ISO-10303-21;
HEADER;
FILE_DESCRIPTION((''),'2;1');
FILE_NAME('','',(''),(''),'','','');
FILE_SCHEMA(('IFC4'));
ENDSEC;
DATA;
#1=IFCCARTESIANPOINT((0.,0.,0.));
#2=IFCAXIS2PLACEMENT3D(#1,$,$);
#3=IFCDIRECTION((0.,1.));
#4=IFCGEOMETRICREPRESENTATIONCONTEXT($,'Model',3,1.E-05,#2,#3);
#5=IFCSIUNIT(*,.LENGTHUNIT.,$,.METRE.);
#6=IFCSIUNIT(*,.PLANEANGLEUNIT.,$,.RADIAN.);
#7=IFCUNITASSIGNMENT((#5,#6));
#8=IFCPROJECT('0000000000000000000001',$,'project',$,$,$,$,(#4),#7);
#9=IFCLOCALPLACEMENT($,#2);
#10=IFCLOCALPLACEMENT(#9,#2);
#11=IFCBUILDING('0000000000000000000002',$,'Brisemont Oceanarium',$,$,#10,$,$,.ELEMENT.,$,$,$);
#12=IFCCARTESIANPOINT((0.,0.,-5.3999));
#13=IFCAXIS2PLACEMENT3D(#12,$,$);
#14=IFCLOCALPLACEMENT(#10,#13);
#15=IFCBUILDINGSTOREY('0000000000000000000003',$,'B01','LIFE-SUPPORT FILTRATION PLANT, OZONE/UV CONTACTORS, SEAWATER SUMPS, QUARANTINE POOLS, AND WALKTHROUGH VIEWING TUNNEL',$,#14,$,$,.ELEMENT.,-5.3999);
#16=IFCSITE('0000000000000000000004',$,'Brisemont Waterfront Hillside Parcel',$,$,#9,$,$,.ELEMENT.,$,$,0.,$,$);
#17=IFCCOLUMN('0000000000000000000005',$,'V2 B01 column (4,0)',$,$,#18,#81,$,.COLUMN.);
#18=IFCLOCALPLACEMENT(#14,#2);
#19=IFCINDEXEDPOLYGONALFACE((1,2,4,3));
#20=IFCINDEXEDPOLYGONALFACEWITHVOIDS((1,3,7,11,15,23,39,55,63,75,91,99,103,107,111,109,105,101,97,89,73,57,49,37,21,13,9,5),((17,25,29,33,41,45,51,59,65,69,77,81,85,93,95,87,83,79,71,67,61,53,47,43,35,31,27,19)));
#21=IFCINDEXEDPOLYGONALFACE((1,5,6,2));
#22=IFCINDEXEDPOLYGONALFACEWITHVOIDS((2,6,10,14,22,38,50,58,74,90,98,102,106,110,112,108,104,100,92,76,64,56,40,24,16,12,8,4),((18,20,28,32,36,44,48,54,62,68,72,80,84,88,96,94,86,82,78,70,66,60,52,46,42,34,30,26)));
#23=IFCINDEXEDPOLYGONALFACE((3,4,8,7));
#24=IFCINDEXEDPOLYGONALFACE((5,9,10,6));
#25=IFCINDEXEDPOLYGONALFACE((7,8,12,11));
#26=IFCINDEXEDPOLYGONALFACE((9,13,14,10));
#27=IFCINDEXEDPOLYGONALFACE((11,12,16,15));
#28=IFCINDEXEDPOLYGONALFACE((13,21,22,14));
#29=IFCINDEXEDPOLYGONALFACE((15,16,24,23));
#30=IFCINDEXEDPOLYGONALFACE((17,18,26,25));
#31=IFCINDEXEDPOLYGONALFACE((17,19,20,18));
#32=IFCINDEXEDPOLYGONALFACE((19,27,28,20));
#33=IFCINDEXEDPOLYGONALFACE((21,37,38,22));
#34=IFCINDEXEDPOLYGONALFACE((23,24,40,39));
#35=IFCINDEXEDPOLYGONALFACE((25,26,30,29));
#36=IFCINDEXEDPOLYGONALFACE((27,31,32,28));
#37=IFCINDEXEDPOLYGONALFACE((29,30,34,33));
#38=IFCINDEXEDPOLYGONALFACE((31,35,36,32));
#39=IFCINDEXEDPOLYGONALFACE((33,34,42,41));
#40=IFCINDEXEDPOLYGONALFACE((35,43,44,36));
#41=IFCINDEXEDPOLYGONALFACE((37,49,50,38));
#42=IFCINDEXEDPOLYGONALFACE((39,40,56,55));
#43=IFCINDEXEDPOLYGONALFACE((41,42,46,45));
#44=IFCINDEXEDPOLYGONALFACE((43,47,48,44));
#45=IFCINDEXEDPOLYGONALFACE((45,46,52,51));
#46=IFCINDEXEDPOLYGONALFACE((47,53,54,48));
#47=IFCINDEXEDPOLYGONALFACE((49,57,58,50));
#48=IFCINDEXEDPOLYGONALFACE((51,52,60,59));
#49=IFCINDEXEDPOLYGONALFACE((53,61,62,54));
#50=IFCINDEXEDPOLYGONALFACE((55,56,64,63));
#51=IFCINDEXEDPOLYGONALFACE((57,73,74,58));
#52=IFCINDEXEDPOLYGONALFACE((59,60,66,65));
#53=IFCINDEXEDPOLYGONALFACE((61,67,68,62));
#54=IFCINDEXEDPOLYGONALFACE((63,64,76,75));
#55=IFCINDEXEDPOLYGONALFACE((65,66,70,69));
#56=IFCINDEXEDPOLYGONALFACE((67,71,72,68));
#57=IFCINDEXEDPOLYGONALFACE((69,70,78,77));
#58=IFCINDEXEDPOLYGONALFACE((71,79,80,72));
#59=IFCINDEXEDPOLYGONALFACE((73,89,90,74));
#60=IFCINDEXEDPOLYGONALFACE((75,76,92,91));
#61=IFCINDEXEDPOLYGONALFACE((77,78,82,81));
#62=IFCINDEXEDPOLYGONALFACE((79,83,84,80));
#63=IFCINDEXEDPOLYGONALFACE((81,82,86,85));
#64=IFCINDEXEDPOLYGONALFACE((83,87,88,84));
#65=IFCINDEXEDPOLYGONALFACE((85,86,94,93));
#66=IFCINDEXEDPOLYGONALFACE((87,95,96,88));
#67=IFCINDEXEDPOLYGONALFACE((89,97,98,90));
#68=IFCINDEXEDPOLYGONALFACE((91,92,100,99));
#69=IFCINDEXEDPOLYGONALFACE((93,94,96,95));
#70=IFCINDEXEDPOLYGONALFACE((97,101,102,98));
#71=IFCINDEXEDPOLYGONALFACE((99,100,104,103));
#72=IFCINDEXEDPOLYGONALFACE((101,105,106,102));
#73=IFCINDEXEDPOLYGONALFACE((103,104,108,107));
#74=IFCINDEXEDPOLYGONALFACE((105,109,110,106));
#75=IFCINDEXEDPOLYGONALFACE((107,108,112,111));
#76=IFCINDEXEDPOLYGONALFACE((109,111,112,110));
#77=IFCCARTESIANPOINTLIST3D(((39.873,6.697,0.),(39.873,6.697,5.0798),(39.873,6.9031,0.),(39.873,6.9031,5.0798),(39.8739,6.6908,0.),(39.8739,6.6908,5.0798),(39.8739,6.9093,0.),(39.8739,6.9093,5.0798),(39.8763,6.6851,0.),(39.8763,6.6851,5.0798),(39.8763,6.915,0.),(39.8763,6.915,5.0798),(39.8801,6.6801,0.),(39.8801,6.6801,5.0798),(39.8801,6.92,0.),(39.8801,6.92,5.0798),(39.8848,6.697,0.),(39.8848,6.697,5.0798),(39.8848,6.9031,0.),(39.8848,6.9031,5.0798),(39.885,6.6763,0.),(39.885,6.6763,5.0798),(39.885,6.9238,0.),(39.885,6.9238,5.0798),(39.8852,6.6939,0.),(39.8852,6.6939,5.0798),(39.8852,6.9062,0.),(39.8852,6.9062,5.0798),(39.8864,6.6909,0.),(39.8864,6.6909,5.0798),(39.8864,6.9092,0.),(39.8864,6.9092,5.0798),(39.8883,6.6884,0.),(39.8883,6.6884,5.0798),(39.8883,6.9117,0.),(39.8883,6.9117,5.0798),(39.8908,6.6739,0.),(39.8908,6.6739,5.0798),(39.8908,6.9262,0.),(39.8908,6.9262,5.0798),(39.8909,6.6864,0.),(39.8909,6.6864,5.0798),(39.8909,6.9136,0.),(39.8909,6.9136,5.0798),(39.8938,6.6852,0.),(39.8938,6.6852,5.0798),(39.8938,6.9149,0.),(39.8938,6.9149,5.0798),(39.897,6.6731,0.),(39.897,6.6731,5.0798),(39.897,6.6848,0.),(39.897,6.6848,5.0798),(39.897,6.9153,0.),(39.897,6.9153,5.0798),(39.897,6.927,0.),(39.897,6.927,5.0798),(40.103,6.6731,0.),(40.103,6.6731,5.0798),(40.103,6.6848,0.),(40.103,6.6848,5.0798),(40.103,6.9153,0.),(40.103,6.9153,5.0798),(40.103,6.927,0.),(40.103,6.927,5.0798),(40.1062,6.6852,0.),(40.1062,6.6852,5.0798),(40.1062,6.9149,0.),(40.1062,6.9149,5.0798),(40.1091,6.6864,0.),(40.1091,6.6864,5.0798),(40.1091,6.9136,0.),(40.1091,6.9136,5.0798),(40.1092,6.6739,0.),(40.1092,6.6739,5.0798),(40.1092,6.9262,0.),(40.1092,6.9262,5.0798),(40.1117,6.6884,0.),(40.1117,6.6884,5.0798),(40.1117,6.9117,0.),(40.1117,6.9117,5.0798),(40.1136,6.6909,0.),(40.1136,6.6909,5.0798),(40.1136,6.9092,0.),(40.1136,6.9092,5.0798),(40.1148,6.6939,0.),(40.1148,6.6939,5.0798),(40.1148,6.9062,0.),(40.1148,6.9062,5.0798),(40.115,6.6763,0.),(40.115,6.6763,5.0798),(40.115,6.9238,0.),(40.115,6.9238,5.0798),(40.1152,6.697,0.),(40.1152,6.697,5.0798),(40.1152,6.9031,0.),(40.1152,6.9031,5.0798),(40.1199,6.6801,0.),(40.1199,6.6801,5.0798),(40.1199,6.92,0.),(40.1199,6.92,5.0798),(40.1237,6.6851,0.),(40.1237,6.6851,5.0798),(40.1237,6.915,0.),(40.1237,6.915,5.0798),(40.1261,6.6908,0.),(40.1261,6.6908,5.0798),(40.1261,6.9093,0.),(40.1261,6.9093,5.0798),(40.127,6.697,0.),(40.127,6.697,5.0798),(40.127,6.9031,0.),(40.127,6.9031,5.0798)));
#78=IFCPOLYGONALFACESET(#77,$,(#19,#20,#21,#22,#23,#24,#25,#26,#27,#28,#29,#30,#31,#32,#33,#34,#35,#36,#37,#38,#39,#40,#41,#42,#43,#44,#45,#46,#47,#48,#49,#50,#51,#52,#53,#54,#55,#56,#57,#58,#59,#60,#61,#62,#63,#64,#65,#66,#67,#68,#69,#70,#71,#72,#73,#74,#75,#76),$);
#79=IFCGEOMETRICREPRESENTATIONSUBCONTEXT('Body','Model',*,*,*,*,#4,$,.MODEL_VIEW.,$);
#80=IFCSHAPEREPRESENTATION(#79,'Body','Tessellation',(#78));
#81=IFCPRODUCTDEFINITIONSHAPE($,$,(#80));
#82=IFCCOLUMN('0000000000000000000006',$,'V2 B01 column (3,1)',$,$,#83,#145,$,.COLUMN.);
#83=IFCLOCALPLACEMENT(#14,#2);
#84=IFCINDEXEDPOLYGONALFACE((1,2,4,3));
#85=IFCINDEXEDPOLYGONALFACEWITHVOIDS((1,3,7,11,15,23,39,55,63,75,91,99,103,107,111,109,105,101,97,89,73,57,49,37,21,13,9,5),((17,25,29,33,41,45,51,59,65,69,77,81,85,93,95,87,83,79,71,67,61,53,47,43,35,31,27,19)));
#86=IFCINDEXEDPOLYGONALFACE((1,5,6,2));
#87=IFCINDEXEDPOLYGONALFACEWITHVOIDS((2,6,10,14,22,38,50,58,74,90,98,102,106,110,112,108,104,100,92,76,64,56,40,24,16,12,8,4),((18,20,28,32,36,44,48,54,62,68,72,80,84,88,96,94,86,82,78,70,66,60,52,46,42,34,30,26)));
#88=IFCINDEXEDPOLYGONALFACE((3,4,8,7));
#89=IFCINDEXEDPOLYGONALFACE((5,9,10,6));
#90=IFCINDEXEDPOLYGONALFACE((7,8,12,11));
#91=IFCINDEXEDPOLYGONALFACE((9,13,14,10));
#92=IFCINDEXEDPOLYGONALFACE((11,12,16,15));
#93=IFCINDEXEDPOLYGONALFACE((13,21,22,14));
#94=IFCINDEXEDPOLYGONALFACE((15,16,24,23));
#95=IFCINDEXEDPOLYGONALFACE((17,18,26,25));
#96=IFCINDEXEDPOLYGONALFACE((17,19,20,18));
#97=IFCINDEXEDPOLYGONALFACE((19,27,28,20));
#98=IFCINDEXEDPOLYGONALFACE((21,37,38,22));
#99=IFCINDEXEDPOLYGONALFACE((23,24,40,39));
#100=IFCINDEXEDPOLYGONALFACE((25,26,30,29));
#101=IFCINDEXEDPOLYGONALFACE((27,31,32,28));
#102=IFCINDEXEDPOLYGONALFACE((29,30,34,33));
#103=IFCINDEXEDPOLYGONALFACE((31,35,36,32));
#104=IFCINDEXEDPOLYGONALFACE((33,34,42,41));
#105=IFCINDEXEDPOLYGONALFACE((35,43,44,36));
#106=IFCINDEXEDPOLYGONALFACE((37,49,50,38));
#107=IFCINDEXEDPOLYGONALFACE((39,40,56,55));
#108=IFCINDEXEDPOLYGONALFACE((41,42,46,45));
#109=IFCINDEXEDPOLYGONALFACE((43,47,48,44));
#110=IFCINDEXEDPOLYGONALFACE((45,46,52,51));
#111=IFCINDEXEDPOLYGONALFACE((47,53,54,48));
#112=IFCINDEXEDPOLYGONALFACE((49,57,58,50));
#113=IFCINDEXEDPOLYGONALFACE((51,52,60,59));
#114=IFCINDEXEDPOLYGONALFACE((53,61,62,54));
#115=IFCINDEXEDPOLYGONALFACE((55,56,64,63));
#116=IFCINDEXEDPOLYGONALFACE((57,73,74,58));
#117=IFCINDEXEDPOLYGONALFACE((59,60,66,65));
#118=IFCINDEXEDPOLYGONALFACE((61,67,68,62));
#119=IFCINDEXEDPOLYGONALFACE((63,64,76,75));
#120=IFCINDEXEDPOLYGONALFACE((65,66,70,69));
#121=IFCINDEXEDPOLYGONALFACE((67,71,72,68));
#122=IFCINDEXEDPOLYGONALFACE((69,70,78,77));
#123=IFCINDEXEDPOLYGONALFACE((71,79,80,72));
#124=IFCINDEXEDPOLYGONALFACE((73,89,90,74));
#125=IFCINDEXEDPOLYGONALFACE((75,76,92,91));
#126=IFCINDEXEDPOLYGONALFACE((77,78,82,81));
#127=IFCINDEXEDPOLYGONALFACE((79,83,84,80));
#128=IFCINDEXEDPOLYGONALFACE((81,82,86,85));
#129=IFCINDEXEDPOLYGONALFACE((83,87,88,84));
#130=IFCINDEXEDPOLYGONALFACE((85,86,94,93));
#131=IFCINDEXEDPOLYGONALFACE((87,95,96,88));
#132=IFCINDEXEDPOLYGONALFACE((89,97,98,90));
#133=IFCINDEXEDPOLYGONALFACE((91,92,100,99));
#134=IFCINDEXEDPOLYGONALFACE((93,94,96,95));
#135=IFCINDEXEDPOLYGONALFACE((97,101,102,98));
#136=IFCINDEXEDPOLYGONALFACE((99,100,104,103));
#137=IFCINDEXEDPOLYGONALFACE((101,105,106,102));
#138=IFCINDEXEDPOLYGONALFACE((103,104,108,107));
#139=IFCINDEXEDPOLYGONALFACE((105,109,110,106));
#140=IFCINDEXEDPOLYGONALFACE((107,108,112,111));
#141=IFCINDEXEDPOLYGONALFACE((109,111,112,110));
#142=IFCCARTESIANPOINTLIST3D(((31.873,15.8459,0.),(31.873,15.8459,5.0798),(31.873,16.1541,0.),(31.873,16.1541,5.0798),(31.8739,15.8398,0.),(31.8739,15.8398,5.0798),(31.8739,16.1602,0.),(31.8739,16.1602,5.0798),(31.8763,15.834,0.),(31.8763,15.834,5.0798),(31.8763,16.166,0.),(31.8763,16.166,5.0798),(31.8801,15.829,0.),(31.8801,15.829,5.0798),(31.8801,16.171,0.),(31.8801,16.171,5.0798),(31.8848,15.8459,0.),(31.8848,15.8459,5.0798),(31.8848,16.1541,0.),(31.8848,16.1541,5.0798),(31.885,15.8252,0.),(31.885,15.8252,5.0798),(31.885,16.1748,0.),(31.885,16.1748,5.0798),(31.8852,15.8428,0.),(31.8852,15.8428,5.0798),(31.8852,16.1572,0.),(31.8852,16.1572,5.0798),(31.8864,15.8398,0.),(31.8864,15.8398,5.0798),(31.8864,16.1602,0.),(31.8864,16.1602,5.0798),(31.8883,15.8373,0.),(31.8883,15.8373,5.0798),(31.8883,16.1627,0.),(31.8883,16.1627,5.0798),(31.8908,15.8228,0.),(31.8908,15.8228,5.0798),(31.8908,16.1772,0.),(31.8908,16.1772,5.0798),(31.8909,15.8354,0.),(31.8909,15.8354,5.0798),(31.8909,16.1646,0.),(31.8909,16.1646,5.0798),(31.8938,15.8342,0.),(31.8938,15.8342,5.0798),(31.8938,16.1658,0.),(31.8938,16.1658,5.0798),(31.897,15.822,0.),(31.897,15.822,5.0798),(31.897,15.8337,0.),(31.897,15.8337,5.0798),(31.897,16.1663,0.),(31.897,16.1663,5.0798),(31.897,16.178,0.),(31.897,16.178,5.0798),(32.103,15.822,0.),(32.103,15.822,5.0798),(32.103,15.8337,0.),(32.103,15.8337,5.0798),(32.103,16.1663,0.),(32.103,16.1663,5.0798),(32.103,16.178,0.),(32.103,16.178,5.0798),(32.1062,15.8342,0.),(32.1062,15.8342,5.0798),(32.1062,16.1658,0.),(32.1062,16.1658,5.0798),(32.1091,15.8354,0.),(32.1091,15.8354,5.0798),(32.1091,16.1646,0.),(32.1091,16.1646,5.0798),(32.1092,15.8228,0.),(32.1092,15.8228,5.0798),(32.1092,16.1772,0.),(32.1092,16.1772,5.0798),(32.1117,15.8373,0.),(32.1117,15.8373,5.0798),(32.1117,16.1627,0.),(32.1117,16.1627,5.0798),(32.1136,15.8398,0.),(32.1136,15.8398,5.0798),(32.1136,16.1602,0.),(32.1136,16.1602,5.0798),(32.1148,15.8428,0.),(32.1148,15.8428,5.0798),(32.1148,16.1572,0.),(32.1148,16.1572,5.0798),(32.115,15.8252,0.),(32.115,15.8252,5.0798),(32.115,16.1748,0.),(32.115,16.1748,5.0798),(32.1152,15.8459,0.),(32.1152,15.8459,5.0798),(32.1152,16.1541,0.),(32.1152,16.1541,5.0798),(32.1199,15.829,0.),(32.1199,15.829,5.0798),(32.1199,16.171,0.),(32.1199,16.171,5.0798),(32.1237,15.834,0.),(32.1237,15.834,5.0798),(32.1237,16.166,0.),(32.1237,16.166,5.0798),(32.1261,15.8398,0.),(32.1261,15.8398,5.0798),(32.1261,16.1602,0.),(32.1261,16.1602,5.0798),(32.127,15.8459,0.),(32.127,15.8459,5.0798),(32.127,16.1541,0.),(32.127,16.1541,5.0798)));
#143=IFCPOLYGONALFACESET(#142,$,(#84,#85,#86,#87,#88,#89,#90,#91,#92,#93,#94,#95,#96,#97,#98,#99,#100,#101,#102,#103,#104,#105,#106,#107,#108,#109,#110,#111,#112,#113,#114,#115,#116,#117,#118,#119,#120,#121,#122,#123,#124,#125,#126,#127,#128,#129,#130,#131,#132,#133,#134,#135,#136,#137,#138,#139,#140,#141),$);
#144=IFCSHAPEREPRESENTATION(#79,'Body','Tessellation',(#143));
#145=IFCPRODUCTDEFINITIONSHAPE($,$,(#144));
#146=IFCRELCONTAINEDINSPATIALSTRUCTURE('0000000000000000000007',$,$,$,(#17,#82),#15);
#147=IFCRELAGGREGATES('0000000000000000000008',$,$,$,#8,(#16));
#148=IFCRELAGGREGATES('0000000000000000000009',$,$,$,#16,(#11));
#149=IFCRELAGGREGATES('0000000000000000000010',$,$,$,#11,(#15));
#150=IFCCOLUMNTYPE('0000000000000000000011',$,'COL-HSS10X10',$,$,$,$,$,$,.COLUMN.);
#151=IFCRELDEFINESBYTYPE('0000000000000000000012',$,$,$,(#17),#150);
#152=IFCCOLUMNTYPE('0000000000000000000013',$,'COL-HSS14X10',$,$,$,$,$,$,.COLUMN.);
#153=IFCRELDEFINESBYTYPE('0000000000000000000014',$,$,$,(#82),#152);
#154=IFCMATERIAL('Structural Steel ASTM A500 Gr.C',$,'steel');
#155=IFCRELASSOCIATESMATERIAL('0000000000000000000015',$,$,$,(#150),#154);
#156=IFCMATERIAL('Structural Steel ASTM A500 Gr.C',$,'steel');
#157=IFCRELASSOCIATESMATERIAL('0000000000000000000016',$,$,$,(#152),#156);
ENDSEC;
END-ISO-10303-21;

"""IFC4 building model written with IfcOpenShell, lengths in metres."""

from ifc_helpers import new_model, si_unit, direction, frame, origin, origin_2d, place, context, subcontext, project, spatial, hollow_rectangle, extrude, material, material_profile, profile_set, type_object, element, save


model = new_model("IFC4")

# Units and contexts
model_context = context("Model", 3, precision=1e-05, world=origin(), true_north=direction((0.0, 1.0)))
body_context = subcontext(model_context, "Body", "Model", "MODEL_VIEW")
ifc_project = project(units=[si_unit("LENGTHUNIT", "METRE"), si_unit("PLANEANGLEUNIT", "RADIAN")], contexts=[model_context])

# Site, building, storey
site_placement = place(None, origin())
site = spatial("IfcSite", under=ifc_project, at=site_placement, Name="Brisemont Waterfront Hillside Parcel", CompositionType="ELEMENT", RefElevation=0.0)
building_placement = place(site_placement, origin())
building = spatial("IfcBuilding", under=site, at=building_placement, Name="Brisemont Oceanarium", CompositionType="ELEMENT")
storey_placement = place(building_placement, frame((0.0, 0.0, -5.3999)))
storey = spatial("IfcBuildingStorey", under=building, at=storey_placement, Name="B01", Description="LIFE-SUPPORT FILTRATION PLANT, OZONE/UV CONTACTORS, SEAWATER SUMPS, QUARANTINE POOLS, AND WALKTHROUGH VIEWING TUNNEL", CompositionType="ELEMENT", Elevation=-5.3999)

# Columns
ifc_material_1 = material(Name="Structural Steel ASTM A500 Gr.C", Category="steel")
ifc_material_profile_1 = material_profile(ifc_material_1, hollow_rectangle(XDim=0.2539, YDim=0.2539, WallThickness=0.0117, InnerFilletRadius=0.0122, OuterFilletRadius=0.0239, at=origin_2d()), Name="HSS10X10X1/2")
ifc_profile_set_1 = profile_set([ifc_material_profile_1], Name="Structural Steel ASTM A500 Gr.C")
column_type_1 = type_object("IfcColumnType", Name="COL-HSS10X10", PredefinedType="COLUMN", material=ifc_profile_set_1)
column_1_placement = place(storey_placement, frame((40.0, 6.8, 0.0), z_axis=(0.0, 0.0, 1.0), x_axis=(1.0, 0.0, 0.0)))
element("IfcColumn", 1, at=column_1_placement, inside=storey, type_object=column_type_1, Name="V2 B01 column (4,0)", PredefinedType="COLUMN", context=body_context, shape_type="SweptSolid", body=[
    extrude(hollow_rectangle(XDim=0.2539, YDim=0.2539, WallThickness=0.0117, InnerFilletRadius=0.0122, OuterFilletRadius=0.0239, at=origin_2d()), origin(), (0.0, 0.0, 1.0), 5.0798),
])
ifc_material_2 = material(Name="Structural Steel ASTM A500 Gr.C", Category="steel")
ifc_material_profile_2 = material_profile(ifc_material_2, hollow_rectangle(XDim=0.2539, YDim=0.356, WallThickness=0.0117, InnerFilletRadius=0.0122, OuterFilletRadius=0.0239, at=origin_2d()), Name="HSS14X10X1/2")
ifc_profile_set_2 = profile_set([ifc_material_profile_2], Name="Structural Steel ASTM A500 Gr.C")
column_type_2 = type_object("IfcColumnType", Name="COL-HSS14X10", PredefinedType="COLUMN", material=ifc_profile_set_2)
column_2_placement = place(storey_placement, frame((32.0, 16.0, 0.0), z_axis=(0.0, 0.0, 1.0), x_axis=(1.0, 0.0, 0.0)))
element("IfcColumn", 2, at=column_2_placement, inside=storey, type_object=column_type_2, Name="V2 B01 column (3,1)", PredefinedType="COLUMN", context=body_context, shape_type="SweptSolid", body=[
    extrude(hollow_rectangle(XDim=0.2539, YDim=0.356, WallThickness=0.0117, InnerFilletRadius=0.0122, OuterFilletRadius=0.0239, at=origin_2d()), origin(), (0.0, 0.0, 1.0), 5.0798),
])

save(model, "model.ifc")
